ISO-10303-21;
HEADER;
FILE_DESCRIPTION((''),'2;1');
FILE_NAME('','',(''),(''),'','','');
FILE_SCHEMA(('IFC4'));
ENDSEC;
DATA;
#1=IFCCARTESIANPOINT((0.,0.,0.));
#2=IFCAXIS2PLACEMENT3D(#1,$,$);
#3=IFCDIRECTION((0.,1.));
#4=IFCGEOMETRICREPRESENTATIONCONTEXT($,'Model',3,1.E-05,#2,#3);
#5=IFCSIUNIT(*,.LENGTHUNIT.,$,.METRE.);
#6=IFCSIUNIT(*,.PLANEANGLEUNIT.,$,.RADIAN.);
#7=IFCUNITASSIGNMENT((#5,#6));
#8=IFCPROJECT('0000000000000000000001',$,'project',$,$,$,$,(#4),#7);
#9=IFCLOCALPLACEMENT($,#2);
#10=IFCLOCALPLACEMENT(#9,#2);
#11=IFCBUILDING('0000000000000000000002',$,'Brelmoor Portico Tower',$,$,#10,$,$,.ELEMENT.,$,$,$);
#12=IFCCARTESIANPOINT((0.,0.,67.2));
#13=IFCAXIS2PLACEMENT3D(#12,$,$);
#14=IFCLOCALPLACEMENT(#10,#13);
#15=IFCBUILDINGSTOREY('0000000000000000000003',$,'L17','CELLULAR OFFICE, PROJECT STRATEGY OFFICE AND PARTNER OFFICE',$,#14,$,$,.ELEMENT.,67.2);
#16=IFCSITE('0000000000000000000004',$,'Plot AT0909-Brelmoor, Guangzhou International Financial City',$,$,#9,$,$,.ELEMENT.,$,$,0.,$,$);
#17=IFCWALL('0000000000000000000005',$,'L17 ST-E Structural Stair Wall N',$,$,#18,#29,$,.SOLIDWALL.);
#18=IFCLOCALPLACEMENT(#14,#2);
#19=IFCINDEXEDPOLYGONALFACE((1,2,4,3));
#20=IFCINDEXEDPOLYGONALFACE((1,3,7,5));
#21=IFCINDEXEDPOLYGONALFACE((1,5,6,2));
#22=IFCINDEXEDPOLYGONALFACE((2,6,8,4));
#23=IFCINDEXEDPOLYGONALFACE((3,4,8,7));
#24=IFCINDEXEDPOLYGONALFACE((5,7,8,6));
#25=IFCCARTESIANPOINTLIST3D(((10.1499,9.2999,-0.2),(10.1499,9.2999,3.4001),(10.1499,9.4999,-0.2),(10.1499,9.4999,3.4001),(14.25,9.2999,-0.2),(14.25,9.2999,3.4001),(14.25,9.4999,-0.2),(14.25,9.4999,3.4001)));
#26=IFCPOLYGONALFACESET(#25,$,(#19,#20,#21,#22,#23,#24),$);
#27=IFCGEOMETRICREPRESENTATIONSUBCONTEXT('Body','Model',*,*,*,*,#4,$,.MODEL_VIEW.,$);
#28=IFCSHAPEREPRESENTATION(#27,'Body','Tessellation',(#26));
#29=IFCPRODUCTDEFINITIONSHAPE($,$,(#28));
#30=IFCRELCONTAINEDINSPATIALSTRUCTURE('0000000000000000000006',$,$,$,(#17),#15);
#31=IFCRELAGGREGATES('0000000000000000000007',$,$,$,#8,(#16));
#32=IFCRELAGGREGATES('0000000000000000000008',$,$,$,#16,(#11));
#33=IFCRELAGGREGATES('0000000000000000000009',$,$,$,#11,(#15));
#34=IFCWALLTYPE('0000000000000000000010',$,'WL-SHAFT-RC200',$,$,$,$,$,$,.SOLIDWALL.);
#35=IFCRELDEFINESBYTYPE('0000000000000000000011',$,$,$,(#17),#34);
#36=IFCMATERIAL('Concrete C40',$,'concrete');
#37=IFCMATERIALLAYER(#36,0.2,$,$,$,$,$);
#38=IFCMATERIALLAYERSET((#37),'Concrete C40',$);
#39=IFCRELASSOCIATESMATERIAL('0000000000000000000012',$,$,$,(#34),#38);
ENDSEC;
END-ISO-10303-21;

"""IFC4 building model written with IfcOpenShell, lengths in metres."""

from ifc_helpers import new_model, si_unit, direction, frame, frame_2d, origin, place, context, subcontext, project, spatial, rectangle, extrude, material, layer, layer_set, type_object, element, save


model = new_model("IFC4")

# Units and contexts
model_context = context("Model", 3, precision=1e-05, world=origin(), true_north=direction((0.0, 1.0)))
body_context = subcontext(model_context, "Body", "Model", "MODEL_VIEW")
ifc_project = project(units=[si_unit("LENGTHUNIT", "METRE"), si_unit("PLANEANGLEUNIT", "RADIAN")], contexts=[model_context])

# Site, building, storey
site_placement = place(None, origin())
site = spatial("IfcSite", under=ifc_project, at=site_placement, Name="Plot AT0909-Brelmoor, Guangzhou International Financial City", CompositionType="ELEMENT", RefElevation=0.0)
building_placement = place(site_placement, origin())
building = spatial("IfcBuilding", under=site, at=building_placement, Name="Brelmoor Portico Tower", CompositionType="ELEMENT")
storey_placement = place(building_placement, frame((0.0, 0.0, 67.2)))
storey = spatial("IfcBuildingStorey", under=building, at=storey_placement, Name="L17", Description="CELLULAR OFFICE, PROJECT STRATEGY OFFICE AND PARTNER OFFICE", CompositionType="ELEMENT", Elevation=67.2)

# Wall
ifc_material_1 = material(Name="Concrete C40", Category="concrete")
ifc_layer_1 = layer(ifc_material_1, 0.2)
ifc_layer_set_1 = layer_set([ifc_layer_1], Name="Concrete C40")
wall_type_1 = type_object("IfcWallType", Name="WL-SHAFT-RC200", PredefinedType="SOLIDWALL", material=ifc_layer_set_1)
wall_1_placement = place(storey_placement, frame((10.1499, 9.3999, -0.2), z_axis=(0.0, 0.0, 1.0), x_axis=(1.0, 0.0, 0.0)))
element("IfcWall", 1, at=wall_1_placement, inside=storey, type_object=wall_type_1, Name="L17 ST-E Structural Stair Wall N", PredefinedType="SOLIDWALL", context=body_context, shape_type="SweptSolid", body=[
    extrude(rectangle(XDim=4.1001, YDim=0.2, at=frame_2d((2.05, 0.0))), origin(), (0.0, 0.0, 1.0), 3.6001),
])

save(model, "model.ifc")
